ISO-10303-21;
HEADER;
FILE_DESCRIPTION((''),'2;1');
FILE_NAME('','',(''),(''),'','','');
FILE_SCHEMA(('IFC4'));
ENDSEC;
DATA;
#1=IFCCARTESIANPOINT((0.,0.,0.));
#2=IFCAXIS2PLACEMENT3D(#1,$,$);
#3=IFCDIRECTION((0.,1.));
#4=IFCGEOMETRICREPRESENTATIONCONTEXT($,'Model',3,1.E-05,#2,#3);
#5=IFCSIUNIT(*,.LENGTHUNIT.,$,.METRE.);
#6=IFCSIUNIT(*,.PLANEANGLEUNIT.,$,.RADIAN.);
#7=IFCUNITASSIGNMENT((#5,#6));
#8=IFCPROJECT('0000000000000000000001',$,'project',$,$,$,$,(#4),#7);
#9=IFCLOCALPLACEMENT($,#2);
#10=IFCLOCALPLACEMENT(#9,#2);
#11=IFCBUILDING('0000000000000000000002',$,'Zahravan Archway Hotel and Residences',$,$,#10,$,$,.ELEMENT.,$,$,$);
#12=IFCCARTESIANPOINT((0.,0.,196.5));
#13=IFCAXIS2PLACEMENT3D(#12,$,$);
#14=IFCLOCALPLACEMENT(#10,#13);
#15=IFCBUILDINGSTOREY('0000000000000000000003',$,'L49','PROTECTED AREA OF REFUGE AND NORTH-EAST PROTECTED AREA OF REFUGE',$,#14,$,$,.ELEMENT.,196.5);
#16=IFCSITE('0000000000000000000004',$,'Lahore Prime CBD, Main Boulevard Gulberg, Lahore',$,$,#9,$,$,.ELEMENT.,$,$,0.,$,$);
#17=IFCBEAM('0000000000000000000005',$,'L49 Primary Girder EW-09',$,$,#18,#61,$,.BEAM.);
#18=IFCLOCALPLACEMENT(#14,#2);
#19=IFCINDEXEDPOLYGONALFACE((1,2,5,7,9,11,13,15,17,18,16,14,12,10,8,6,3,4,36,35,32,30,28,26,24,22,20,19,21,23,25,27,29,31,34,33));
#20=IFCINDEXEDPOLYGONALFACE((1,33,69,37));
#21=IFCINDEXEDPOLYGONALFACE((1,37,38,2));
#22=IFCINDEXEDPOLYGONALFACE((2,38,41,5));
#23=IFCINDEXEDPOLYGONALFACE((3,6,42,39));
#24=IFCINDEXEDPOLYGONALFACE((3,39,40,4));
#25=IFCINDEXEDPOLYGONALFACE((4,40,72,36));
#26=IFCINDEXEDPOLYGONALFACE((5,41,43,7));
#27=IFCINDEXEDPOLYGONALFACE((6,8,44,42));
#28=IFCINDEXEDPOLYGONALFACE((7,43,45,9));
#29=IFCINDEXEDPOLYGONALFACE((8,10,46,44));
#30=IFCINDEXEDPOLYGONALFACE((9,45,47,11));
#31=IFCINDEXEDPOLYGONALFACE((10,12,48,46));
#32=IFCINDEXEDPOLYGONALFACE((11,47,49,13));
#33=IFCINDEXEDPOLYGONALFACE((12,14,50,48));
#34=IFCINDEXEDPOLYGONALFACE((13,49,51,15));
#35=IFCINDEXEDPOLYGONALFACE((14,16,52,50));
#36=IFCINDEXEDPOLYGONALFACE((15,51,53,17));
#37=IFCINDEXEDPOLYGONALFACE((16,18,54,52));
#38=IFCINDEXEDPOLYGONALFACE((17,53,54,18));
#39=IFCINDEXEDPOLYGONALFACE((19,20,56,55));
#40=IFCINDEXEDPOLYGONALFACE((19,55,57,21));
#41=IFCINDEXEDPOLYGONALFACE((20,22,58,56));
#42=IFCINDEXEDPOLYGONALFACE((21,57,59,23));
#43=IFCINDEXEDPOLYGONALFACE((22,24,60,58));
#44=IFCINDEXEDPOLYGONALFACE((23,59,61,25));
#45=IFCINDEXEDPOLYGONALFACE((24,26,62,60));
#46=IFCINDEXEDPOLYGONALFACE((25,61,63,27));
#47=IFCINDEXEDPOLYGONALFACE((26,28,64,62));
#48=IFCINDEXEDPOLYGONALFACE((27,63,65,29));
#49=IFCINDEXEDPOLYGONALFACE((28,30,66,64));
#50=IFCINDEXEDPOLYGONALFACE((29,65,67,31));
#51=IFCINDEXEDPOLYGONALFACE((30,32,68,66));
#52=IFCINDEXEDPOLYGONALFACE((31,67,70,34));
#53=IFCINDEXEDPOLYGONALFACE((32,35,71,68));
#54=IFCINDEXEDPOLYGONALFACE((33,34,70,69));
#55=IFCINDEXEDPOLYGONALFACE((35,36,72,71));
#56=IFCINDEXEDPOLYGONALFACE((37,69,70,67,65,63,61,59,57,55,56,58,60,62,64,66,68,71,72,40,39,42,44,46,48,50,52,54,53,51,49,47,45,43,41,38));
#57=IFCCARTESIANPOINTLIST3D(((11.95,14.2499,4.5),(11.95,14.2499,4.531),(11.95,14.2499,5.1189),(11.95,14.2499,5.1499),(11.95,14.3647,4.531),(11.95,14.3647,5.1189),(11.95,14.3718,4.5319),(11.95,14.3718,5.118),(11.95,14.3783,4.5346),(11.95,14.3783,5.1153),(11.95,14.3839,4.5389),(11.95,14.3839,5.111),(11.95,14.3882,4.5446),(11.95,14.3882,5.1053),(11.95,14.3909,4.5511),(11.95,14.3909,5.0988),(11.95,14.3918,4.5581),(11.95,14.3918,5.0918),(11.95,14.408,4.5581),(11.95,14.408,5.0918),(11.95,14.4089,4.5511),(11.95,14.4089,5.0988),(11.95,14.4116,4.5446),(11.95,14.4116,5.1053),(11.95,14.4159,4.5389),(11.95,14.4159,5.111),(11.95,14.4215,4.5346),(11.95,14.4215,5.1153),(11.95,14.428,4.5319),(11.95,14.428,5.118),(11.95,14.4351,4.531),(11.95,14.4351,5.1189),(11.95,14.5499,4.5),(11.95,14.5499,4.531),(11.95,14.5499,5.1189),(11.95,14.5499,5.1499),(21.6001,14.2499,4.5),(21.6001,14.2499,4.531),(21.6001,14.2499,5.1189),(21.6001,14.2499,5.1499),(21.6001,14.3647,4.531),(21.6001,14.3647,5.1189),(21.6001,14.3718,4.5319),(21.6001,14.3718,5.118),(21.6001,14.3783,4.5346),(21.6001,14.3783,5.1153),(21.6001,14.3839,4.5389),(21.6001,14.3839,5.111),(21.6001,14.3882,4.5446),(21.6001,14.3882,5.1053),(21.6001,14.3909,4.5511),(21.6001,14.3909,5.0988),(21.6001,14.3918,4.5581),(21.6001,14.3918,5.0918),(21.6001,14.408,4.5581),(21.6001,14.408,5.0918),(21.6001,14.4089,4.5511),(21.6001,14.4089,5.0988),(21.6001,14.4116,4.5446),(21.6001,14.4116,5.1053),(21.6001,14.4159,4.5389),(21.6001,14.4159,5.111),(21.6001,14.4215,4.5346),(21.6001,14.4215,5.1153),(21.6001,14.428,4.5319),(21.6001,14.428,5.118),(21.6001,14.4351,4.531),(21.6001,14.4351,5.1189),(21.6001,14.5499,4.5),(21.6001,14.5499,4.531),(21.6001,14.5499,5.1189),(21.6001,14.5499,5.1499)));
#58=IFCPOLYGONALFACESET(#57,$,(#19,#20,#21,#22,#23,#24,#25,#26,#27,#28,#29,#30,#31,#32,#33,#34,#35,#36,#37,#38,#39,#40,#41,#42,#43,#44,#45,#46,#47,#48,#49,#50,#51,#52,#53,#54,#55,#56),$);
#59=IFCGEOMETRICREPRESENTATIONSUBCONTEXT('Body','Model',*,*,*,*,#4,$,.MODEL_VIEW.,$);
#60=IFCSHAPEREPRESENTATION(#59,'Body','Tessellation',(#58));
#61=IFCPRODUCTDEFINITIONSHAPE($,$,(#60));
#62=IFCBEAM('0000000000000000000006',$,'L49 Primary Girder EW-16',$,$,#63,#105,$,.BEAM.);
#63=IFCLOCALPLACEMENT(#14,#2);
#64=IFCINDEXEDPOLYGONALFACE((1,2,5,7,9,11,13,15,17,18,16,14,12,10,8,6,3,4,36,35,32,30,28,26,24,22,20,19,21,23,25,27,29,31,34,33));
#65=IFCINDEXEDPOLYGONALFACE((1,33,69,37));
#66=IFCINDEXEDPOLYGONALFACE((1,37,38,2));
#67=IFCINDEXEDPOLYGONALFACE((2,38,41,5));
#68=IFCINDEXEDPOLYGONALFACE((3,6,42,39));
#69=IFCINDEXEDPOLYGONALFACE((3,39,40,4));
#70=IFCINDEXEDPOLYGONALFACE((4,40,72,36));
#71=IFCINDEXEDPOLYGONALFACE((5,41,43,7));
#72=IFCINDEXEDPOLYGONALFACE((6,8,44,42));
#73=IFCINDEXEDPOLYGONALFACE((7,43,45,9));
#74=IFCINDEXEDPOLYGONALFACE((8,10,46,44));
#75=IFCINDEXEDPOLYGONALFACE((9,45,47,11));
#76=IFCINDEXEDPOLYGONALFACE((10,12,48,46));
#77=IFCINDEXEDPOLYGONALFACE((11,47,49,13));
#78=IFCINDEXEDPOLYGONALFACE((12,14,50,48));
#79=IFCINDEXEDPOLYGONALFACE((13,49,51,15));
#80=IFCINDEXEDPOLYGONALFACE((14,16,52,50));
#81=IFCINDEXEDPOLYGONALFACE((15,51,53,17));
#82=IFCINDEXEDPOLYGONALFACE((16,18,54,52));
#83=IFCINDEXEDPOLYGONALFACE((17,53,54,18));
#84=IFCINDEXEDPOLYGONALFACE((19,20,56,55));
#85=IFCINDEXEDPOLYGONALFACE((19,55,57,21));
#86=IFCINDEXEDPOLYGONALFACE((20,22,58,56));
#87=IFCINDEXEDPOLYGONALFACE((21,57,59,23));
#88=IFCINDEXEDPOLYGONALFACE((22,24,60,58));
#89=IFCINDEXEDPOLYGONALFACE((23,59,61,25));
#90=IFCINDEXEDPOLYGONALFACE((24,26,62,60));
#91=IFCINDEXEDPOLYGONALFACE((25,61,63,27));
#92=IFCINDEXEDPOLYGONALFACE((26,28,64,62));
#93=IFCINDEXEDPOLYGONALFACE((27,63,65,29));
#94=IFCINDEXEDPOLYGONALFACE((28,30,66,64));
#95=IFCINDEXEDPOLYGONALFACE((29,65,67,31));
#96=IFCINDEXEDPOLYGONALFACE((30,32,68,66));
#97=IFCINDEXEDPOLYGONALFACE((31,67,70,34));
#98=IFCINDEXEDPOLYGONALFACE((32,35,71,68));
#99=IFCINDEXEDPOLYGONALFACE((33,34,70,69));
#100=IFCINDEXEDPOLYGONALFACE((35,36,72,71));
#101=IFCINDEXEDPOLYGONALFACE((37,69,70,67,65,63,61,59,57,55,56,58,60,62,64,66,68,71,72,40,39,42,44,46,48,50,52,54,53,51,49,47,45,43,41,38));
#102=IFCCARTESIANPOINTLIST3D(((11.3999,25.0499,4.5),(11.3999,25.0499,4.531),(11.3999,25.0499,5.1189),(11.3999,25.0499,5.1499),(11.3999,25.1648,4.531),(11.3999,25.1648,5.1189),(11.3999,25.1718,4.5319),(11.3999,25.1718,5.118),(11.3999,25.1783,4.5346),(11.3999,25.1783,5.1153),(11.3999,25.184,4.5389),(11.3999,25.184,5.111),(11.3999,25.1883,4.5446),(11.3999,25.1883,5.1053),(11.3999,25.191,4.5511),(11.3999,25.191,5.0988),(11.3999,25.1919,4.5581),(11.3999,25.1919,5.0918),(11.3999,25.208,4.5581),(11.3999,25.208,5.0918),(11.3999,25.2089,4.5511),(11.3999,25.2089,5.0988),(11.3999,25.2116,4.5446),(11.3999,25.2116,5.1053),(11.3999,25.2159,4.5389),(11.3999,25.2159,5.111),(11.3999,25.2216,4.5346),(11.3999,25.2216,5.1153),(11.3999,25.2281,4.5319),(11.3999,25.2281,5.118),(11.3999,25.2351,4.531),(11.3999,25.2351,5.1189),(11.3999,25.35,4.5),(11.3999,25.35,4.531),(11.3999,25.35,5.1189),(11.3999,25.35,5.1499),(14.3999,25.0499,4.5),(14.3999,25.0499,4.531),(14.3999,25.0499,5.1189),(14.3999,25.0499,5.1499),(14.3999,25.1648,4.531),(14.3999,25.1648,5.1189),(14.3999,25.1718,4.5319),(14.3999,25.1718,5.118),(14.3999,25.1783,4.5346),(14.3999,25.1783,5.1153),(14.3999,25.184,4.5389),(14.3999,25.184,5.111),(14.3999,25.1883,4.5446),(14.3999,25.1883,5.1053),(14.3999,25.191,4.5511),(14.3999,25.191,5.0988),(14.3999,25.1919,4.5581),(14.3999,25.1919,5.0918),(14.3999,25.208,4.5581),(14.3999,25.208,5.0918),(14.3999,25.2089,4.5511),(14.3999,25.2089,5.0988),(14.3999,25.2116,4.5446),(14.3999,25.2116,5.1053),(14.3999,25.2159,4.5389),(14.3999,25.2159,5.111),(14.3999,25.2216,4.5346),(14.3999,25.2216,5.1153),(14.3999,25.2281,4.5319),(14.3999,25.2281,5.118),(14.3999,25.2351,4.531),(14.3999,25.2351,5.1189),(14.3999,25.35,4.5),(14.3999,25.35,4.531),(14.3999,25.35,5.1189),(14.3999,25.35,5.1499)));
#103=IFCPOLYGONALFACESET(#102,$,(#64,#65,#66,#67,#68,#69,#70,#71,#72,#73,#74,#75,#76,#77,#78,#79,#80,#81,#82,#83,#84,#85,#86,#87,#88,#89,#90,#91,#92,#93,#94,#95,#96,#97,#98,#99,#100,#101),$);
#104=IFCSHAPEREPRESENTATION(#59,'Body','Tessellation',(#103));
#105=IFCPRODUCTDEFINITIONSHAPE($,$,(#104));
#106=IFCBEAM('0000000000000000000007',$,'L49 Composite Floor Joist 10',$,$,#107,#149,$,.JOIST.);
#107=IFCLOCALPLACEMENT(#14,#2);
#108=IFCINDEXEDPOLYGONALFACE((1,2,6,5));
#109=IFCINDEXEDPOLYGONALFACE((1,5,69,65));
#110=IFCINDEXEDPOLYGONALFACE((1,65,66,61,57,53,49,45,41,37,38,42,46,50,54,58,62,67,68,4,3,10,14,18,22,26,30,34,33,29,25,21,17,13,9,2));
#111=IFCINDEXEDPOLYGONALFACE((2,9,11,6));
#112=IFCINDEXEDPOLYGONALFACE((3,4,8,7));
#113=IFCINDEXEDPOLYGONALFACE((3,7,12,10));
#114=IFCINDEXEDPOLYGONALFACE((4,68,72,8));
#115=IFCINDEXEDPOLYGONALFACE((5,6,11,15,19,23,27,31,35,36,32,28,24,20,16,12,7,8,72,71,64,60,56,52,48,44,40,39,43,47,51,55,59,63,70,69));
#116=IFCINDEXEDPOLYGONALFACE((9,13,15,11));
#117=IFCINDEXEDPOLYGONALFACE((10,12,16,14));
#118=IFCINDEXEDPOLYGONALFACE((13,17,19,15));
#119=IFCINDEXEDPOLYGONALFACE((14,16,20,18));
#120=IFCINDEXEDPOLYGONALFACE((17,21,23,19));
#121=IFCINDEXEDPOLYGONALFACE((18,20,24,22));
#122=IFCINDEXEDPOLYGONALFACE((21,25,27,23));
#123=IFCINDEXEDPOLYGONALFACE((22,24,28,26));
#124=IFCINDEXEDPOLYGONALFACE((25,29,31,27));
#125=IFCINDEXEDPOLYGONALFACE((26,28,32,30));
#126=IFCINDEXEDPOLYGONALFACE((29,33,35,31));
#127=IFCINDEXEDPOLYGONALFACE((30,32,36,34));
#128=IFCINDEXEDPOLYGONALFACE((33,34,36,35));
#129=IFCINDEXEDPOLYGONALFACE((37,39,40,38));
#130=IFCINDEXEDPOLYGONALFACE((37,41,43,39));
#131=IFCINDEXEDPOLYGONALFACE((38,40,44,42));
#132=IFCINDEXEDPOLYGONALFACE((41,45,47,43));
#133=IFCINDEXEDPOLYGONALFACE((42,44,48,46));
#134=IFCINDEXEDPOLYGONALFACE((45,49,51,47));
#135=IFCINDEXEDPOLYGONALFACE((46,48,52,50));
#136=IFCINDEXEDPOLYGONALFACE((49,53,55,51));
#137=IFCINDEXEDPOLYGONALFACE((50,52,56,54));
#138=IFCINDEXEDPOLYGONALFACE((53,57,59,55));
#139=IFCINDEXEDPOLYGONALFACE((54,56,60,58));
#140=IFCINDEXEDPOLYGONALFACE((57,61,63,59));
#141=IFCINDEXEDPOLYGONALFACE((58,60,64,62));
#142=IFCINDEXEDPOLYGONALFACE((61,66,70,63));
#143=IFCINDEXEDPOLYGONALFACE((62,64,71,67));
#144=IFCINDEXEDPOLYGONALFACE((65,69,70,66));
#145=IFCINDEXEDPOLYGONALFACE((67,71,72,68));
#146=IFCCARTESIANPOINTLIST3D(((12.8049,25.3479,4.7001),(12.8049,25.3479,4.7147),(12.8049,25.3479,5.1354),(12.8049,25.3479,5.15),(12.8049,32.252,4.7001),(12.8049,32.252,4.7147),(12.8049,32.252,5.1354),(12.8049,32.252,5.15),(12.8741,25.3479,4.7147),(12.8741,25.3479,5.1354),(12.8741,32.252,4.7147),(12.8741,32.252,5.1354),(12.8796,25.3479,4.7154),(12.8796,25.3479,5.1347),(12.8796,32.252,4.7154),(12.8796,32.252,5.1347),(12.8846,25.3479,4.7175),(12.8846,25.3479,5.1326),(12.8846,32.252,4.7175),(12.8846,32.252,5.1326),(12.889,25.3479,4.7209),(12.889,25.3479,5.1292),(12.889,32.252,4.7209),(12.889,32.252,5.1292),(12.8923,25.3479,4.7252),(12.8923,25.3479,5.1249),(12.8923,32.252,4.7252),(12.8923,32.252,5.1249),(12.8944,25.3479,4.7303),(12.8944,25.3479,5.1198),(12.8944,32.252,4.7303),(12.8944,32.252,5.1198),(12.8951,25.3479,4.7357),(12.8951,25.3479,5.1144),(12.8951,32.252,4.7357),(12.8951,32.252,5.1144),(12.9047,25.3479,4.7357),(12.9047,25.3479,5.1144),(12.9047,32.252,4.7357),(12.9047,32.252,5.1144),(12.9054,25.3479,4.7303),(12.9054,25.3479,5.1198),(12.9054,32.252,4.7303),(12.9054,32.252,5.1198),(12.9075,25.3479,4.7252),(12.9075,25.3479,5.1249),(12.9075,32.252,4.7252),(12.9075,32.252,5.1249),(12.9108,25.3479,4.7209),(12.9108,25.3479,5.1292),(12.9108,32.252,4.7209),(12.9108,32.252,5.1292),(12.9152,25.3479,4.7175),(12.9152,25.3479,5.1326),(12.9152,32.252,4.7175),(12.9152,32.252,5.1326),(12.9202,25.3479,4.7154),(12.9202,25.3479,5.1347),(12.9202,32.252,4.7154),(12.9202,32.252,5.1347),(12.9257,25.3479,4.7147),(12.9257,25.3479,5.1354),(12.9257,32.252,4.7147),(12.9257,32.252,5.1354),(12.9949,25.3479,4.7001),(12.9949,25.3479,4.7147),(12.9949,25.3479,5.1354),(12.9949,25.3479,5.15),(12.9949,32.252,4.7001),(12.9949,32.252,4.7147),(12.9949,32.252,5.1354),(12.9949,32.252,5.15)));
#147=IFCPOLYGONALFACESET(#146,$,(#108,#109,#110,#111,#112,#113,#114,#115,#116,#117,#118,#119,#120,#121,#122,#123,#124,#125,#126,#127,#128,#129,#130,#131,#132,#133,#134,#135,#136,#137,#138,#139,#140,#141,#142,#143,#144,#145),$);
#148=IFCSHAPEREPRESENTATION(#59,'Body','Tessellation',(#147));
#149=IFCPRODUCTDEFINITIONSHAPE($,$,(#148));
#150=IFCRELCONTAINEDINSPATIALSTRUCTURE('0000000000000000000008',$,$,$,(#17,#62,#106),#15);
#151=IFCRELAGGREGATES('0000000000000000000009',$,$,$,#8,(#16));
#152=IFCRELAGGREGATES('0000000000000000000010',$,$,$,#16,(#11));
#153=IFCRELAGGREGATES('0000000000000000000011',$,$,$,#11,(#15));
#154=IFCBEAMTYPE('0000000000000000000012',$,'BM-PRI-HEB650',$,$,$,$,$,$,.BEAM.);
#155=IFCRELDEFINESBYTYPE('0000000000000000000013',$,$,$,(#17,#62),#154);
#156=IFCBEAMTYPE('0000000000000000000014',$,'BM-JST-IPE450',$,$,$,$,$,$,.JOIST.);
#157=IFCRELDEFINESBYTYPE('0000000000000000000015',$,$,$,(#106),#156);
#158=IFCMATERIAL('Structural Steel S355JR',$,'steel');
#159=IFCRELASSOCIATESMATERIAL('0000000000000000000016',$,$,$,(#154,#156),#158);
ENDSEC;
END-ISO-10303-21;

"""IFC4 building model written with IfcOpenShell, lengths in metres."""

from ifc_helpers import new_model, si_unit, direction, frame, origin, origin_2d, place, context, subcontext, project, spatial, i_section, extrude, source, transform, mapped, material, material_profile, profile_set, type_object, type_shapes, element, save


model = new_model("IFC4")

# Units and contexts
model_context = context("Model", 3, precision=1e-05, world=origin(), true_north=direction((0.0, 1.0)))
body_context = subcontext(model_context, "Body", "Model", "MODEL_VIEW")
ifc_project = project(units=[si_unit("LENGTHUNIT", "METRE"), si_unit("PLANEANGLEUNIT", "RADIAN")], contexts=[model_context])

# Site, building, storey
site_placement = place(None, origin())
site = spatial("IfcSite", under=ifc_project, at=site_placement, Name="Lahore Prime CBD, Main Boulevard Gulberg, Lahore", CompositionType="ELEMENT", RefElevation=0.0)
building_placement = place(site_placement, origin())
building = spatial("IfcBuilding", under=site, at=building_placement, Name="Zahravan Archway Hotel and Residences", CompositionType="ELEMENT")
storey_placement = place(building_placement, frame((0.0, 0.0, 196.5)))
storey = spatial("IfcBuildingStorey", under=building, at=storey_placement, Name="L49", Description="PROTECTED AREA OF REFUGE AND NORTH-EAST PROTECTED AREA OF REFUGE", CompositionType="ELEMENT", Elevation=196.5)

# Beams
ifc_material_1 = material(Name="Structural Steel S355JR", Category="steel")
ifc_material_profile_1 = material_profile(ifc_material_1, i_section(OverallWidth=0.3, OverallDepth=0.6499, WebThickness=0.0161, FlangeThickness=0.031, FilletRadius=0.0271, at=origin_2d()), Name="HEB 650", Category="steel")
ifc_profile_set_1 = profile_set([ifc_material_profile_1], Name="Structural Steel S355JR")
beam_type_1 = type_object("IfcBeamType", Name="BM-PRI-HEB650", PredefinedType="BEAM", material=ifc_profile_set_1)
shared_shape_1 = source(origin(), body_context, "Body", "SweptSolid", [
    extrude(i_section(OverallWidth=0.3, OverallDepth=0.6499, WebThickness=0.0161, FlangeThickness=0.031, FilletRadius=0.0271, at=origin_2d()), origin(), (0.0, 0.0, 1.0), 9.6501),
])
beam_1_placement = place(storey_placement, frame((11.95, 14.3999, 4.825), z_axis=(1.0, 0.0, 0.0), x_axis=(0.0, 1.0, 0.0)))
element("IfcBeam", 1, at=beam_1_placement, inside=storey, type_object=beam_type_1, Name="L49 Primary Girder EW-09", PredefinedType="BEAM", context=body_context, shape_type="MappedRepresentation", body=[
    mapped(shared_shape_1, transform((0.0, 0.0, 0.0), scale=1.0)),
])
shared_shape_2 = source(origin(), body_context, "Body", "SweptSolid", [
    extrude(i_section(OverallWidth=0.3, OverallDepth=0.6499, WebThickness=0.0161, FlangeThickness=0.031, FilletRadius=0.0271, at=origin_2d()), origin(), (0.0, 0.0, 1.0), 3.0),
])
beam_2_placement = place(storey_placement, frame((11.3999, 25.2, 4.825), z_axis=(1.0, 0.0, 0.0), x_axis=(0.0, 1.0, 0.0)))
element("IfcBeam", 2, at=beam_2_placement, inside=storey, type_object=beam_type_1, Name="L49 Primary Girder EW-16", PredefinedType="BEAM", context=body_context, shape_type="MappedRepresentation", body=[
    mapped(shared_shape_2, transform((0.0, 0.0, 0.0), scale=1.0)),
])
ifc_material_profile_2 = material_profile(ifc_material_1, i_section(OverallWidth=0.1899, OverallDepth=0.45, WebThickness=0.0095, FlangeThickness=0.0146, FilletRadius=0.021, at=origin_2d()), Name="IPE 450", Category="steel")
ifc_profile_set_2 = profile_set([ifc_material_profile_2], Name="Structural Steel S355JR")
beam_type_2 = type_object("IfcBeamType", Name="BM-JST-IPE450", PredefinedType="JOIST", material=ifc_profile_set_2)
shared_shape_3 = source(origin(), body_context, "Body", "SweptSolid", [
    extrude(i_section(OverallWidth=0.1899, OverallDepth=0.45, WebThickness=0.0095, FlangeThickness=0.0146, FilletRadius=0.021, at=origin_2d()), origin(), (0.0, 0.0, 1.0), 6.9041),
])
type_shapes(beam_type_2, [shared_shape_3])
beam_3_placement = place(storey_placement, frame((12.8999, 25.3479, 4.925), z_axis=(0.0, 1.0, 0.0), x_axis=(-1.0, 0.0, 0.0)))
element("IfcBeam", 3, at=beam_3_placement, inside=storey, type_object=beam_type_2, Name="L49 Composite Floor Joist 10", PredefinedType="JOIST", context=body_context, shape_type="MappedRepresentation", body=[
    mapped(shared_shape_3, transform((0.0, 0.0, 0.0), scale=1.0)),
])

save(model, "model.ifc")
